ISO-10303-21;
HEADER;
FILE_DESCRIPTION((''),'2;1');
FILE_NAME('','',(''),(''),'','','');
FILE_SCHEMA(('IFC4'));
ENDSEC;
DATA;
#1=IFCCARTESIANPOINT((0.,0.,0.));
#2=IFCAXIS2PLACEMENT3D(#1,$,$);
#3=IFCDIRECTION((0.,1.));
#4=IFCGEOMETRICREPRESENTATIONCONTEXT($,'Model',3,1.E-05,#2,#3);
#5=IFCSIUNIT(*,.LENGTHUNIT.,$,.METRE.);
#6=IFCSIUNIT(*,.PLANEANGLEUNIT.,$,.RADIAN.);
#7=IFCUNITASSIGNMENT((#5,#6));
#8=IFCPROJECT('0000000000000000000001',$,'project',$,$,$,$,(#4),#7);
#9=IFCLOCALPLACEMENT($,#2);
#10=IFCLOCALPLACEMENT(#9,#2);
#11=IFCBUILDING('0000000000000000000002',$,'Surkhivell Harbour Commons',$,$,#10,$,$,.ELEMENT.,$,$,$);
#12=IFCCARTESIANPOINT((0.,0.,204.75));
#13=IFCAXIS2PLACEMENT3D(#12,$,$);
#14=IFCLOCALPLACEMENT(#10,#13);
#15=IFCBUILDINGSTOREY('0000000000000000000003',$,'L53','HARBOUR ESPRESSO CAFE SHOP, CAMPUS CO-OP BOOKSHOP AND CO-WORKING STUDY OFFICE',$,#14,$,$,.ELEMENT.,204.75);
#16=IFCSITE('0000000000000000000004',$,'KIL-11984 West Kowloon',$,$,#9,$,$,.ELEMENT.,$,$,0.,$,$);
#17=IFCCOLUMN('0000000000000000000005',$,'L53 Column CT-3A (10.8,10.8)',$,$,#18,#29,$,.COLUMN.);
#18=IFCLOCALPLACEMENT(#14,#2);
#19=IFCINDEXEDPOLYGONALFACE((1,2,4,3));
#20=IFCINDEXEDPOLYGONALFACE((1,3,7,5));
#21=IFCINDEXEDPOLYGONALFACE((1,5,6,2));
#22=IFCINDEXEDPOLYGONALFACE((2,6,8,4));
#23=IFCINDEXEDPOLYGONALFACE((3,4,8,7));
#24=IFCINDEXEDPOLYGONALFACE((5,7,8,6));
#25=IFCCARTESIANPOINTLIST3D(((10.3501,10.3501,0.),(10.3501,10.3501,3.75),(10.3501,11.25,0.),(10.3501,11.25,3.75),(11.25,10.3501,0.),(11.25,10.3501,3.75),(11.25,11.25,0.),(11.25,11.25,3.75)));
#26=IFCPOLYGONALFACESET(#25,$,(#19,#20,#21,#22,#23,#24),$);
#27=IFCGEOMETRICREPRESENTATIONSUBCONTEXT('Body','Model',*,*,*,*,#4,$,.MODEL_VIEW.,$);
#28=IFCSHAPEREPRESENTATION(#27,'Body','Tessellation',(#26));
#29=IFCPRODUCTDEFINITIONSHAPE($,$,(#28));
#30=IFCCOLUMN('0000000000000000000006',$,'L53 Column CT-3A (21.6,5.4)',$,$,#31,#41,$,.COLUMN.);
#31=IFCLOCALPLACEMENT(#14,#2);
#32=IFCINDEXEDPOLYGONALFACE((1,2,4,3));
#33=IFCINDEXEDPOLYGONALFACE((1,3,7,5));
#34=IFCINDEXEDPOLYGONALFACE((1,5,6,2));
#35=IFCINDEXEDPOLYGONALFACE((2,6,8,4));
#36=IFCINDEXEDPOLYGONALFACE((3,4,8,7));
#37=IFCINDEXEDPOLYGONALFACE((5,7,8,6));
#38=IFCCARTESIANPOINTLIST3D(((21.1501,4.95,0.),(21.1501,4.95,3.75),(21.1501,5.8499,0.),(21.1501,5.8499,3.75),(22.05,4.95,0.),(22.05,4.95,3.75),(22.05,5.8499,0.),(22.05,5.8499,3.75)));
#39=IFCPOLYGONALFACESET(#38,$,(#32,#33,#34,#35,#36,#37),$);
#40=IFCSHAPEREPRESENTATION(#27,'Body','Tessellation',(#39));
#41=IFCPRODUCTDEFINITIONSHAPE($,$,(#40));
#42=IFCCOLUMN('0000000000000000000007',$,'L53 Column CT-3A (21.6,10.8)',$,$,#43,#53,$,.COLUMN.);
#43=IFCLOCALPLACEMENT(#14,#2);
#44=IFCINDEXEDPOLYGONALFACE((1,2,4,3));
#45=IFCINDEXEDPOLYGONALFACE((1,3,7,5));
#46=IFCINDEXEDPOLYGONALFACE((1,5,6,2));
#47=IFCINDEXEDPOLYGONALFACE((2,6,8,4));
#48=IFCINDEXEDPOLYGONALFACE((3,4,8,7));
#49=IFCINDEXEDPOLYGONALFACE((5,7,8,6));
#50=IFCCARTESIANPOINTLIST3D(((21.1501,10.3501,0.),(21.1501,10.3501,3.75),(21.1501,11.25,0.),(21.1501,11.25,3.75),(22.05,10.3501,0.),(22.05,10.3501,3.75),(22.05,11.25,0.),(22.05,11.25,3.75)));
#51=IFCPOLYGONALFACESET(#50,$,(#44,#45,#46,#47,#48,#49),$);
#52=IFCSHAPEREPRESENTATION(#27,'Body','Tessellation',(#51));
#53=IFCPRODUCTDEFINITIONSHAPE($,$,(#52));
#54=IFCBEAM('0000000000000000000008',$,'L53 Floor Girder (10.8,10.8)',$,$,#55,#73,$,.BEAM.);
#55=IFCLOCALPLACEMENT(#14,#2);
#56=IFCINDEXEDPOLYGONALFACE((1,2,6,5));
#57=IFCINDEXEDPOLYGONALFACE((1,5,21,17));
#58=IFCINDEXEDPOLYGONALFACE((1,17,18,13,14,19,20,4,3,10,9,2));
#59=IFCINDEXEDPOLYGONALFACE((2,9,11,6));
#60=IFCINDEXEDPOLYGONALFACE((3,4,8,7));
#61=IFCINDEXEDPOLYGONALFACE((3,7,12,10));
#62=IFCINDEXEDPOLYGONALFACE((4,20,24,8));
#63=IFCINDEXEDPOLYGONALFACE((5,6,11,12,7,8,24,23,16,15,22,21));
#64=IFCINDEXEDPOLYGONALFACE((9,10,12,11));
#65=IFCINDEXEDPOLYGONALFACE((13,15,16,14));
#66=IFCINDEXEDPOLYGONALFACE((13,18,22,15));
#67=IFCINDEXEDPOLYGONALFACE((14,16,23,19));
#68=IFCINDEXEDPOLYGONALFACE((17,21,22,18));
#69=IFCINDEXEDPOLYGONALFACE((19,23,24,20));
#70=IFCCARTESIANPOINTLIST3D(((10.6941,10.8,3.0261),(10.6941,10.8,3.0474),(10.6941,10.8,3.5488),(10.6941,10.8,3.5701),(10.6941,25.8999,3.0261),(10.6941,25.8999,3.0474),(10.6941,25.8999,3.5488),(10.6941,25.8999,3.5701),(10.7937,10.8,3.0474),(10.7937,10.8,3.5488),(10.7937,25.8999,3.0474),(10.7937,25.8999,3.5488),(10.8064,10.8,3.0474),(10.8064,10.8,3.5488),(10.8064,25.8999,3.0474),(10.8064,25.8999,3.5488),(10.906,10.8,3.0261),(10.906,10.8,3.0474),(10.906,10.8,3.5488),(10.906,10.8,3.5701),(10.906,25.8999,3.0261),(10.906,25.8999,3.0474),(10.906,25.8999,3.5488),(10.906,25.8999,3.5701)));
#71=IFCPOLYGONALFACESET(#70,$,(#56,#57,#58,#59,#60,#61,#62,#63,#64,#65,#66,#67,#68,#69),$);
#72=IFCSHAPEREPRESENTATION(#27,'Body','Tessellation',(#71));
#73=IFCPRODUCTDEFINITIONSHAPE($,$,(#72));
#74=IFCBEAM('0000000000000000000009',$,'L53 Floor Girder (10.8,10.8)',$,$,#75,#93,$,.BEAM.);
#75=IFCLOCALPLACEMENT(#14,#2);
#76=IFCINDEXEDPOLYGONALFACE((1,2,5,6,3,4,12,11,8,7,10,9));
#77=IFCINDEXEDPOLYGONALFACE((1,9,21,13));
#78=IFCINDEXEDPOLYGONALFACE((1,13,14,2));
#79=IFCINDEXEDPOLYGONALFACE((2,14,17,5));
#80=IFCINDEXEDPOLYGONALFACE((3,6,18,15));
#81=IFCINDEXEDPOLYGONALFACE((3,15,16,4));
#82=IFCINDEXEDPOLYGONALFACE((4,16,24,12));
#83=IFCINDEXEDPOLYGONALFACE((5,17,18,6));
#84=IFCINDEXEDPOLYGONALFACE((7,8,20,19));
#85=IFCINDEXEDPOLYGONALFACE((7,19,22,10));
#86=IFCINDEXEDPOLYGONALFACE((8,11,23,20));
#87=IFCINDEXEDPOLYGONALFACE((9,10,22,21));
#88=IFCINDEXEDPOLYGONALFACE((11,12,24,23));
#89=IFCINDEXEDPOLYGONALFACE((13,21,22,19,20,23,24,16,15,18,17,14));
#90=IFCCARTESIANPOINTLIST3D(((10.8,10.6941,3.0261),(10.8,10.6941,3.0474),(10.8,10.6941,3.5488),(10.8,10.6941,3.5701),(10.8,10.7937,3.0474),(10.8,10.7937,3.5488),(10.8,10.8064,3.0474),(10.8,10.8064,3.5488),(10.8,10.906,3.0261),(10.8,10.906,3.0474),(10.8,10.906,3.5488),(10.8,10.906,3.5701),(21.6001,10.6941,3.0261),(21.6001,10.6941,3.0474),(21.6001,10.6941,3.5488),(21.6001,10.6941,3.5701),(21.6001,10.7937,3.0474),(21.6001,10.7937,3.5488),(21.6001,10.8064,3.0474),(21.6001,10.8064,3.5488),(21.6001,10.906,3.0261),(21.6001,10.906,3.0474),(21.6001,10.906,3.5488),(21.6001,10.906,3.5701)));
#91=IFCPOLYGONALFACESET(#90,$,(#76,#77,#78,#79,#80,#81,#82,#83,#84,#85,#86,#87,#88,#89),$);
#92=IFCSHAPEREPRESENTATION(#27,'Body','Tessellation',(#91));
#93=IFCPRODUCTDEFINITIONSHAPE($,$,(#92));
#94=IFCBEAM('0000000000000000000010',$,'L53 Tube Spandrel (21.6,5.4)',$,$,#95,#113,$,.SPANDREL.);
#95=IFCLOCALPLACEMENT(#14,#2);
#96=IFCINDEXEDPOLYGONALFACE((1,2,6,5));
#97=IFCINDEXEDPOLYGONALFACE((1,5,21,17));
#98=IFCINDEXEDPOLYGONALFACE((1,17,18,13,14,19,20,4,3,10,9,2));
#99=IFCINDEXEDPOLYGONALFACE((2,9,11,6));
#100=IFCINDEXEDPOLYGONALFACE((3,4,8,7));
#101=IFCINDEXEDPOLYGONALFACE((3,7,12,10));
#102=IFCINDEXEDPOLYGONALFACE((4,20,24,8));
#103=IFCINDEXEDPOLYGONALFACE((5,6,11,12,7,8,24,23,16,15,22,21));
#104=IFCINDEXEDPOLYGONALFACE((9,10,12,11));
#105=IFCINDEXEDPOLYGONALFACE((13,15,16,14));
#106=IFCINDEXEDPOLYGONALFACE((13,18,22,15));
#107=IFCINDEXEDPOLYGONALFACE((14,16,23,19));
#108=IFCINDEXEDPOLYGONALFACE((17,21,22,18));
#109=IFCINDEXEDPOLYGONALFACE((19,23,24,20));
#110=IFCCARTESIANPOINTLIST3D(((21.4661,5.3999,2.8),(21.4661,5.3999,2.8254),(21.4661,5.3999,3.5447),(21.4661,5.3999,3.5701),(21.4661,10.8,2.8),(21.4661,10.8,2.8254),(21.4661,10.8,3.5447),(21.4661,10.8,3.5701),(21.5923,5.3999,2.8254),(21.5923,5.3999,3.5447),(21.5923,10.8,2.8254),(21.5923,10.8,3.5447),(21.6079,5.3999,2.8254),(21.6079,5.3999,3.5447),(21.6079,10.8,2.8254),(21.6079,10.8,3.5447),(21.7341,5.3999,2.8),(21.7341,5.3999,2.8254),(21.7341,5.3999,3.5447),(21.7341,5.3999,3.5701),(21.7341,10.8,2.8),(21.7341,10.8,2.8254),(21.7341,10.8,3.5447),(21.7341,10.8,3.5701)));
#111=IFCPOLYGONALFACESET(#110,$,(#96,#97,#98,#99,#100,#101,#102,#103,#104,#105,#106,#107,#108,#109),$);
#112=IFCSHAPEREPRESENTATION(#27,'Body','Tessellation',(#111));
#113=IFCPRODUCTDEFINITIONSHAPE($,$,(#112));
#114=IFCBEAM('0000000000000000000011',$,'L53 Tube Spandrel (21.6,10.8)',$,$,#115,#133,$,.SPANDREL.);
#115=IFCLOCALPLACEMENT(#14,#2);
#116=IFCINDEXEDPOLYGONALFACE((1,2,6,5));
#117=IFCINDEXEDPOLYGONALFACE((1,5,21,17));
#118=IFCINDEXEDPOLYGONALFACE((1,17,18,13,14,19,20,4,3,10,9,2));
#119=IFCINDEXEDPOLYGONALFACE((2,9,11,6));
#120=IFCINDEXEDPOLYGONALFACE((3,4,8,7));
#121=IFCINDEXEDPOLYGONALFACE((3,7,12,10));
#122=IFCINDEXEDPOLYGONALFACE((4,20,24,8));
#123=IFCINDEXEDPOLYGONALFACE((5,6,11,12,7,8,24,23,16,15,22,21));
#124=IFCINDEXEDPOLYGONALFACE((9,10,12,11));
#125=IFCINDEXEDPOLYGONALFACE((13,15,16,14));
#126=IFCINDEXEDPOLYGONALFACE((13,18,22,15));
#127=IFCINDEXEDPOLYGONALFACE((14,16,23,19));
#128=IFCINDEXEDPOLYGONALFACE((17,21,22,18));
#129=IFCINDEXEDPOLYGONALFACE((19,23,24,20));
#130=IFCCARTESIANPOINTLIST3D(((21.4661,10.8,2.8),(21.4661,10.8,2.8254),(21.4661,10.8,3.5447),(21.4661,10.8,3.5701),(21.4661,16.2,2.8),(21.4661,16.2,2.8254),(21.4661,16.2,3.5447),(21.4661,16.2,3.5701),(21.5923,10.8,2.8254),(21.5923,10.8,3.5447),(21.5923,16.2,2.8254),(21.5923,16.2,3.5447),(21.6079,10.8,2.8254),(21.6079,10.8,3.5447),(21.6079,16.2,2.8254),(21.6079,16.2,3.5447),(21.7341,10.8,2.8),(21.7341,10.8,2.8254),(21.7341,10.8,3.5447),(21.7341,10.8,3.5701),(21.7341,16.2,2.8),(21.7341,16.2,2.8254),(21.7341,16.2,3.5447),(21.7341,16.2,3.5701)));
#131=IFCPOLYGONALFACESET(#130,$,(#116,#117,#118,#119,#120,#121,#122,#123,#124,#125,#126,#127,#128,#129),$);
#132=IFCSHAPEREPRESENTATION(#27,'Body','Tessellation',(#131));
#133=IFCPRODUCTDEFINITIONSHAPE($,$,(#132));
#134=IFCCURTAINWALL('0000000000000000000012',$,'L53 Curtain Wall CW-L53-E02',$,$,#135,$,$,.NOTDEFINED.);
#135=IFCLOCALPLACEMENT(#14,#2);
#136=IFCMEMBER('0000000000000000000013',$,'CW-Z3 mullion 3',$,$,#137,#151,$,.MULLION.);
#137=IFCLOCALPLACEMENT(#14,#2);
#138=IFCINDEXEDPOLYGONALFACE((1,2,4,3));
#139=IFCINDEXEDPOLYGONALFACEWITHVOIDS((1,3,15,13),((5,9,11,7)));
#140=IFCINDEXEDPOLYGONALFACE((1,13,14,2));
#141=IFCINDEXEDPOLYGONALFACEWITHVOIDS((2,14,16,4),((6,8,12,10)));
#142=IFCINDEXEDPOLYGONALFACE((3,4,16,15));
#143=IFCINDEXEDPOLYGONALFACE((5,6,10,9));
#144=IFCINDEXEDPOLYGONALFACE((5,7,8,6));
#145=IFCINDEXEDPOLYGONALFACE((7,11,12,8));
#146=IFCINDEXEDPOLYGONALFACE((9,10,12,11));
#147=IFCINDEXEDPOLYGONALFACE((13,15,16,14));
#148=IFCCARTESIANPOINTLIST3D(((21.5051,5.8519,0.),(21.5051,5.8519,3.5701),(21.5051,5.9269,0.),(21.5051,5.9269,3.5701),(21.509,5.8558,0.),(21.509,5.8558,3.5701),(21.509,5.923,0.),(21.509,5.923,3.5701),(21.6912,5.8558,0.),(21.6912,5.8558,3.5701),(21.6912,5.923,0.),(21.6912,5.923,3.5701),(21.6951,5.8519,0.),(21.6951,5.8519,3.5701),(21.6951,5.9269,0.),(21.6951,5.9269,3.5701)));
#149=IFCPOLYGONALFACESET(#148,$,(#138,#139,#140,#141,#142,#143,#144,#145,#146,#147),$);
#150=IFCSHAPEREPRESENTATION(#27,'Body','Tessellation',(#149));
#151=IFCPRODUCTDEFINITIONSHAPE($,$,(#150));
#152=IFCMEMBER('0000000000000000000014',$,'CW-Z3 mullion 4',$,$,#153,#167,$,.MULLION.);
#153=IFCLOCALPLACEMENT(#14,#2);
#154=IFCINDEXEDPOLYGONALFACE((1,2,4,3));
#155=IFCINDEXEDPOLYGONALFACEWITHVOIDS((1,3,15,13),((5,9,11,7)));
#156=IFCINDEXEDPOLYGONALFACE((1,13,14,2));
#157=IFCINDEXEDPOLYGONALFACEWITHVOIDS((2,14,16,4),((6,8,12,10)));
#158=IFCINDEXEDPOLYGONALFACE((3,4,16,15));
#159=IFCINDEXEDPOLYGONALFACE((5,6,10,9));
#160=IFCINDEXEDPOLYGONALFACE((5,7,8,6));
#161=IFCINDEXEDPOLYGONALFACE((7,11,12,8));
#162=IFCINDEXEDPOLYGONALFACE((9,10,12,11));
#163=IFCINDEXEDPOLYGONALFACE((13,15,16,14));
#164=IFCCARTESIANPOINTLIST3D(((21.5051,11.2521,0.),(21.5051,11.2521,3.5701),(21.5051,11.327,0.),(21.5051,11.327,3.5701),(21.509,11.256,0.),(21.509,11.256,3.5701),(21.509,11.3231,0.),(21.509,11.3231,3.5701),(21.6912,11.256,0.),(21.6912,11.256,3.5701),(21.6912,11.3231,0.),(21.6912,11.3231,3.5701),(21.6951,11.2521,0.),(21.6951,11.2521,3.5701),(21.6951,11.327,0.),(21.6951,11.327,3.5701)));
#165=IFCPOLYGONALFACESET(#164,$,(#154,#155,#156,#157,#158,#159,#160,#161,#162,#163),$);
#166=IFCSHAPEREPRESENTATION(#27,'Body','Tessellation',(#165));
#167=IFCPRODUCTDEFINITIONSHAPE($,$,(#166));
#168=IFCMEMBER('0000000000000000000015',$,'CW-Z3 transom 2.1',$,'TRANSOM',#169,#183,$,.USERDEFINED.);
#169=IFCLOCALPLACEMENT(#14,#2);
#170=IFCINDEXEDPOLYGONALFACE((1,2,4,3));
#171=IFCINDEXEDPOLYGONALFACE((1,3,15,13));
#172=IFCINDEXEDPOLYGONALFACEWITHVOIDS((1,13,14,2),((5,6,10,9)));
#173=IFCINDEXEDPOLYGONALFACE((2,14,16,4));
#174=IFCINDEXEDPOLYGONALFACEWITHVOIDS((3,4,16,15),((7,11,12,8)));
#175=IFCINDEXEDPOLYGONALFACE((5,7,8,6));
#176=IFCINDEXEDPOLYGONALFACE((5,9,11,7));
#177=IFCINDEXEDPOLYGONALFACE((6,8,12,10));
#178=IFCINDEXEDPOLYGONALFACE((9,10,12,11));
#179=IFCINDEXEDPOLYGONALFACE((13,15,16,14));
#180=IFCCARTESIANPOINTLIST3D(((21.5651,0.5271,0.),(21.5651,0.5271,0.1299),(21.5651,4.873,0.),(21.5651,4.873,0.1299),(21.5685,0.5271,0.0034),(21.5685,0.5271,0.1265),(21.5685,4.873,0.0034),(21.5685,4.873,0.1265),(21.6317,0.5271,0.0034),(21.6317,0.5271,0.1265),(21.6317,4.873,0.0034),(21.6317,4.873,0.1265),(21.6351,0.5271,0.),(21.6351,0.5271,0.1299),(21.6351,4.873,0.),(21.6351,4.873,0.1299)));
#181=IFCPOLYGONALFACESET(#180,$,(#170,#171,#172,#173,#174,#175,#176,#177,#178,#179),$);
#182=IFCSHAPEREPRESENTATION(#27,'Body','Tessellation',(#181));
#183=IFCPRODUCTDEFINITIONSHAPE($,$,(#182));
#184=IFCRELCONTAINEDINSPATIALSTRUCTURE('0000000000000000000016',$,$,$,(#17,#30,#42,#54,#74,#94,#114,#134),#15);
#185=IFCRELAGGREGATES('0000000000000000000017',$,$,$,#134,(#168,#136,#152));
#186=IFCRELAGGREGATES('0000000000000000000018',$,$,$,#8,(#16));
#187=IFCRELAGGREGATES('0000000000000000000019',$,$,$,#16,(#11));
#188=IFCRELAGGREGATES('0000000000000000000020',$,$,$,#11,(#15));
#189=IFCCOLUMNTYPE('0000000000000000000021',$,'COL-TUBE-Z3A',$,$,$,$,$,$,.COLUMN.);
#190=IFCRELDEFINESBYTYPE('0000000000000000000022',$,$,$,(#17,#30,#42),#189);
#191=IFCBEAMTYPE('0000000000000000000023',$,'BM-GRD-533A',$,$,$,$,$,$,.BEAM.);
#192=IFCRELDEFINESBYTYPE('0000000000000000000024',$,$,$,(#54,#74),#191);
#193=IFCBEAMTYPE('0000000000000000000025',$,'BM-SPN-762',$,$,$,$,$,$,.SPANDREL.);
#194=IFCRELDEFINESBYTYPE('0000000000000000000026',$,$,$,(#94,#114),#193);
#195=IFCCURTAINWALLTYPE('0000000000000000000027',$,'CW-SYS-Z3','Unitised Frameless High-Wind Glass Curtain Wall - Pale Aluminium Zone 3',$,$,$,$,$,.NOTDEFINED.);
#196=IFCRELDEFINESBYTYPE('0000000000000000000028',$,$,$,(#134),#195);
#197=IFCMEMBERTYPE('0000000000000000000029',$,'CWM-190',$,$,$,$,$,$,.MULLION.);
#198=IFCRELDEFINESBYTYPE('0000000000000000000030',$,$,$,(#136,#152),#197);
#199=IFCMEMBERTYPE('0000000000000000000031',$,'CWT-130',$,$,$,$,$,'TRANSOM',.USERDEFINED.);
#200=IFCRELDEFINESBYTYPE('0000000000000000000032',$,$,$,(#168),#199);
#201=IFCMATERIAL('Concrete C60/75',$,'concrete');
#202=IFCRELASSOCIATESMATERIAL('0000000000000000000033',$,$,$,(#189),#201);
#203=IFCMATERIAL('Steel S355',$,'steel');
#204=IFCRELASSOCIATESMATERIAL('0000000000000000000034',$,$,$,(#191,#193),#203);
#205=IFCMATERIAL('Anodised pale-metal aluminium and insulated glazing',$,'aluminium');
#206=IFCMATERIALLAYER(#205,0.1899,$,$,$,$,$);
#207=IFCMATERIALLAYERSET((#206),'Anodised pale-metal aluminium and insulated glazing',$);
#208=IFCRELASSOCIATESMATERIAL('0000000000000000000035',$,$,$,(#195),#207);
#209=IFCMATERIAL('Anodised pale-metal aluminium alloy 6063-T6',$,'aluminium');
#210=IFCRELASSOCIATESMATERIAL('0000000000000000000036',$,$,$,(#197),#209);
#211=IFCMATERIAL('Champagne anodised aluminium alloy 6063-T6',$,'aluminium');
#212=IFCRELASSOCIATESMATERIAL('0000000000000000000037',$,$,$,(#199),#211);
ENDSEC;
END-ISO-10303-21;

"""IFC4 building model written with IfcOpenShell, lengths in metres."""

from ifc_helpers import new_model, si_unit, direction, frame, origin, origin_2d, place, context, subcontext, project, spatial, rectangle, hollow_rectangle, i_section, extrude, material, layer, layer_set, material_profile, profile_set, type_object, element, aggregate, save


model = new_model("IFC4")

# Units and contexts
model_context = context("Model", 3, precision=1e-05, world=origin(), true_north=direction((0.0, 1.0)))
body_context = subcontext(model_context, "Body", "Model", "MODEL_VIEW")
ifc_project = project(units=[si_unit("LENGTHUNIT", "METRE"), si_unit("PLANEANGLEUNIT", "RADIAN")], contexts=[model_context])

# Site, building, storey
site_placement = place(None, origin())
site = spatial("IfcSite", under=ifc_project, at=site_placement, Name="KIL-11984 West Kowloon", CompositionType="ELEMENT", RefElevation=0.0)
building_placement = place(site_placement, origin())
building = spatial("IfcBuilding", under=site, at=building_placement, Name="Surkhivell Harbour Commons", CompositionType="ELEMENT")
storey_placement = place(building_placement, frame((0.0, 0.0, 204.75)))
storey = spatial("IfcBuildingStorey", under=building, at=storey_placement, Name="L53", Description="HARBOUR ESPRESSO CAFE SHOP, CAMPUS CO-OP BOOKSHOP AND CO-WORKING STUDY OFFICE", CompositionType="ELEMENT", Elevation=204.75)

# Columns
ifc_material_1 = material(Name="Concrete C60/75", Category="concrete")
ifc_material_profile_1 = material_profile(ifc_material_1, rectangle(XDim=0.8999, YDim=0.8999, at=origin_2d()), Name="RC-COL-900x900")
ifc_profile_set_1 = profile_set([ifc_material_profile_1], Name="Concrete C60/75")
column_type = type_object("IfcColumnType", Name="COL-TUBE-Z3A", PredefinedType="COLUMN", material=ifc_profile_set_1)
for number, where, z_axis, x_axis, name in (
    (1, (10.8, 10.8, 0.0), (0.0, 0.0, 1.0), (1.0, 0.0, 0.0), "L53 Column CT-3A (10.8,10.8)"),
    (2, (21.6001, 5.3999, 0.0), (0.0, 0.0, 1.0), (1.0, 0.0, 0.0), "L53 Column CT-3A (21.6,5.4)"),
    (3, (21.6001, 10.8, 0.0), (0.0, 0.0, 1.0), (1.0, 0.0, 0.0), "L53 Column CT-3A (21.6,10.8)"),
):
    element("IfcColumn", number, at=place(storey_placement, frame(where, z_axis=z_axis, x_axis=x_axis)), inside=storey, type_object=column_type, Name=name, PredefinedType="COLUMN", context=body_context, shape_type="SweptSolid", body=[
        extrude(rectangle(XDim=0.8999, YDim=0.8999, at=origin_2d()), origin(), (0.0, 0.0, 1.0), 3.75),
    ])

# Beams
ifc_material_2 = material(Name="Steel S355", Category="steel")
ifc_material_profile_2 = material_profile(ifc_material_2, i_section(OverallWidth=0.2119, OverallDepth=0.5439, WebThickness=0.0127, FlangeThickness=0.0212, at=origin_2d()), Name="UB533x210x122")
ifc_profile_set_2 = profile_set([ifc_material_profile_2], Name="Steel S355")
beam_type_1 = type_object("IfcBeamType", Name="BM-GRD-533A", PredefinedType="BEAM", material=ifc_profile_set_2)
beam_1_placement = place(storey_placement, frame((10.8, 10.8, 3.2981), z_axis=(0.0, 1.0, 0.0), x_axis=(-1.0, 0.0, 0.0)))
element("IfcBeam", 4, at=beam_1_placement, inside=storey, type_object=beam_type_1, Name="L53 Floor Girder (10.8,10.8)", PredefinedType="BEAM", context=body_context, shape_type="SweptSolid", body=[
    extrude(i_section(OverallWidth=0.2119, OverallDepth=0.5439, WebThickness=0.0127, FlangeThickness=0.0212, at=origin_2d()), origin(), (0.0, 0.0, 1.0), 15.0999),
])
beam_2_placement = place(storey_placement, frame((10.8, 10.8, 3.2981), z_axis=(1.0, 0.0, 0.0), x_axis=(0.0, 1.0, 0.0)))
element("IfcBeam", 5, at=beam_2_placement, inside=storey, type_object=beam_type_1, Name="L53 Floor Girder (10.8,10.8)", PredefinedType="BEAM", context=body_context, shape_type="SweptSolid", body=[
    extrude(i_section(OverallWidth=0.2119, OverallDepth=0.5439, WebThickness=0.0127, FlangeThickness=0.0212, at=origin_2d()), origin(), (0.0, 0.0, 1.0), 10.8),
])
ifc_material_profile_3 = material_profile(ifc_material_2, i_section(OverallWidth=0.2681, OverallDepth=0.77, WebThickness=0.0156, FlangeThickness=0.0254, at=origin_2d()), Name="UB762x267x197")
ifc_profile_set_3 = profile_set([ifc_material_profile_3], Name="Steel S355")
beam_type_2 = type_object("IfcBeamType", Name="BM-SPN-762", PredefinedType="SPANDREL", material=ifc_profile_set_3)
beam_3_placement = place(storey_placement, frame((21.6001, 5.3999, 3.1851), z_axis=(0.0, 1.0, 0.0), x_axis=(-1.0, 0.0, 0.0)))
element("IfcBeam", 6, at=beam_3_placement, inside=storey, type_object=beam_type_2, Name="L53 Tube Spandrel (21.6,5.4)", PredefinedType="SPANDREL", context=body_context, shape_type="SweptSolid", body=[
    extrude(i_section(OverallWidth=0.2681, OverallDepth=0.77, WebThickness=0.0156, FlangeThickness=0.0254, at=origin_2d()), origin(), (0.0, 0.0, 1.0), 5.4001),
])
beam_4_placement = place(storey_placement, frame((21.6001, 10.8, 3.1851), z_axis=(0.0, 1.0, 0.0), x_axis=(-1.0, 0.0, 0.0)))
element("IfcBeam", 7, at=beam_4_placement, inside=storey, type_object=beam_type_2, Name="L53 Tube Spandrel (21.6,10.8)", PredefinedType="SPANDREL", context=body_context, shape_type="SweptSolid", body=[
    extrude(i_section(OverallWidth=0.2681, OverallDepth=0.77, WebThickness=0.0156, FlangeThickness=0.0254, at=origin_2d()), origin(), (0.0, 0.0, 1.0), 5.3999),
])

# Curtain wall, members
ifc_material_3 = material(Name="Anodised pale-metal aluminium and insulated glazing", Category="aluminium")
ifc_layer_1 = layer(ifc_material_3, 0.1899)
ifc_layer_set_1 = layer_set([ifc_layer_1], Name="Anodised pale-metal aluminium and insulated glazing")
curtain_wall_type = type_object("IfcCurtainWallType", Name="CW-SYS-Z3", Description="Unitised Frameless High-Wind Glass Curtain Wall - Pale Aluminium Zone 3", PredefinedType="NOTDEFINED", material=ifc_layer_set_1)
curtain_wall_placement = place(storey_placement, origin())
curtain_wall = element("IfcCurtainWall", 8, at=curtain_wall_placement, inside=storey, type_object=curtain_wall_type, Name="L53 Curtain Wall CW-L53-E02", PredefinedType="NOTDEFINED")
ifc_material_4 = material(Name="Anodised pale-metal aluminium alloy 6063-T6", Category="aluminium")
ifc_material_profile_4 = material_profile(ifc_material_4, hollow_rectangle(XDim=0.075, YDim=0.1899, WallThickness=0.0039, at=origin_2d()), Name="ALU-MULL-75x190")
ifc_profile_set_4 = profile_set([ifc_material_profile_4], Name="Anodised pale-metal aluminium alloy 6063-T6")
member_type_1 = type_object("IfcMemberType", Name="CWM-190", PredefinedType="MULLION", material=ifc_profile_set_4)
member_1_placement = place(storey_placement, frame((21.6001, 5.8894, 0.0), z_axis=(0.0, 0.0, 1.0), x_axis=(0.0, 1.0, 0.0)))
member_1 = element("IfcMember", 9, at=member_1_placement, type_object=member_type_1, Name="CW-Z3 mullion 3", PredefinedType="MULLION", context=body_context, shape_type="SweptSolid", body=[
    extrude(hollow_rectangle(XDim=0.075, YDim=0.1899, WallThickness=0.0039, at=origin_2d()), origin(), (0.0, 0.0, 1.0), 3.5701),
])
member_2_placement = place(storey_placement, frame((21.6001, 11.2896, 0.0), z_axis=(0.0, 0.0, 1.0), x_axis=(0.0, 1.0, 0.0)))
member_2 = element("IfcMember", 10, at=member_2_placement, type_object=member_type_1, Name="CW-Z3 mullion 4", PredefinedType="MULLION", context=body_context, shape_type="SweptSolid", body=[
    extrude(hollow_rectangle(XDim=0.075, YDim=0.1899, WallThickness=0.0039, at=origin_2d()), origin(), (0.0, 0.0, 1.0), 3.5701),
])
ifc_material_5 = material(Name="Champagne anodised aluminium alloy 6063-T6", Category="aluminium")
ifc_material_profile_5 = material_profile(ifc_material_5, hollow_rectangle(XDim=0.0701, YDim=0.1299, WallThickness=0.0034, at=origin_2d()), Name="ALU-TRAN-70x130")
ifc_profile_set_5 = profile_set([ifc_material_profile_5], Name="Champagne anodised aluminium alloy 6063-T6")
member_type_2 = type_object("IfcMemberType", Name="CWT-130", ElementType="TRANSOM", PredefinedType="USERDEFINED", material=ifc_profile_set_5)
member_3_placement = place(storey_placement, frame((21.6001, 0.5271, 0.0649), z_axis=(0.0, 1.0, 0.0), x_axis=(-1.0, 0.0, 0.0)))
member_3 = element("IfcMember", 11, at=member_3_placement, type_object=member_type_2, Name="CW-Z3 transom 2.1", ObjectType="TRANSOM", PredefinedType="USERDEFINED", context=body_context, shape_type="SweptSolid", body=[
    extrude(hollow_rectangle(XDim=0.0701, YDim=0.1299, WallThickness=0.0034, at=origin_2d()), origin(), (0.0, 0.0, 1.0), 4.3459),
])
aggregate(curtain_wall, [member_3, member_1, member_2])

save(model, "model.ifc")
